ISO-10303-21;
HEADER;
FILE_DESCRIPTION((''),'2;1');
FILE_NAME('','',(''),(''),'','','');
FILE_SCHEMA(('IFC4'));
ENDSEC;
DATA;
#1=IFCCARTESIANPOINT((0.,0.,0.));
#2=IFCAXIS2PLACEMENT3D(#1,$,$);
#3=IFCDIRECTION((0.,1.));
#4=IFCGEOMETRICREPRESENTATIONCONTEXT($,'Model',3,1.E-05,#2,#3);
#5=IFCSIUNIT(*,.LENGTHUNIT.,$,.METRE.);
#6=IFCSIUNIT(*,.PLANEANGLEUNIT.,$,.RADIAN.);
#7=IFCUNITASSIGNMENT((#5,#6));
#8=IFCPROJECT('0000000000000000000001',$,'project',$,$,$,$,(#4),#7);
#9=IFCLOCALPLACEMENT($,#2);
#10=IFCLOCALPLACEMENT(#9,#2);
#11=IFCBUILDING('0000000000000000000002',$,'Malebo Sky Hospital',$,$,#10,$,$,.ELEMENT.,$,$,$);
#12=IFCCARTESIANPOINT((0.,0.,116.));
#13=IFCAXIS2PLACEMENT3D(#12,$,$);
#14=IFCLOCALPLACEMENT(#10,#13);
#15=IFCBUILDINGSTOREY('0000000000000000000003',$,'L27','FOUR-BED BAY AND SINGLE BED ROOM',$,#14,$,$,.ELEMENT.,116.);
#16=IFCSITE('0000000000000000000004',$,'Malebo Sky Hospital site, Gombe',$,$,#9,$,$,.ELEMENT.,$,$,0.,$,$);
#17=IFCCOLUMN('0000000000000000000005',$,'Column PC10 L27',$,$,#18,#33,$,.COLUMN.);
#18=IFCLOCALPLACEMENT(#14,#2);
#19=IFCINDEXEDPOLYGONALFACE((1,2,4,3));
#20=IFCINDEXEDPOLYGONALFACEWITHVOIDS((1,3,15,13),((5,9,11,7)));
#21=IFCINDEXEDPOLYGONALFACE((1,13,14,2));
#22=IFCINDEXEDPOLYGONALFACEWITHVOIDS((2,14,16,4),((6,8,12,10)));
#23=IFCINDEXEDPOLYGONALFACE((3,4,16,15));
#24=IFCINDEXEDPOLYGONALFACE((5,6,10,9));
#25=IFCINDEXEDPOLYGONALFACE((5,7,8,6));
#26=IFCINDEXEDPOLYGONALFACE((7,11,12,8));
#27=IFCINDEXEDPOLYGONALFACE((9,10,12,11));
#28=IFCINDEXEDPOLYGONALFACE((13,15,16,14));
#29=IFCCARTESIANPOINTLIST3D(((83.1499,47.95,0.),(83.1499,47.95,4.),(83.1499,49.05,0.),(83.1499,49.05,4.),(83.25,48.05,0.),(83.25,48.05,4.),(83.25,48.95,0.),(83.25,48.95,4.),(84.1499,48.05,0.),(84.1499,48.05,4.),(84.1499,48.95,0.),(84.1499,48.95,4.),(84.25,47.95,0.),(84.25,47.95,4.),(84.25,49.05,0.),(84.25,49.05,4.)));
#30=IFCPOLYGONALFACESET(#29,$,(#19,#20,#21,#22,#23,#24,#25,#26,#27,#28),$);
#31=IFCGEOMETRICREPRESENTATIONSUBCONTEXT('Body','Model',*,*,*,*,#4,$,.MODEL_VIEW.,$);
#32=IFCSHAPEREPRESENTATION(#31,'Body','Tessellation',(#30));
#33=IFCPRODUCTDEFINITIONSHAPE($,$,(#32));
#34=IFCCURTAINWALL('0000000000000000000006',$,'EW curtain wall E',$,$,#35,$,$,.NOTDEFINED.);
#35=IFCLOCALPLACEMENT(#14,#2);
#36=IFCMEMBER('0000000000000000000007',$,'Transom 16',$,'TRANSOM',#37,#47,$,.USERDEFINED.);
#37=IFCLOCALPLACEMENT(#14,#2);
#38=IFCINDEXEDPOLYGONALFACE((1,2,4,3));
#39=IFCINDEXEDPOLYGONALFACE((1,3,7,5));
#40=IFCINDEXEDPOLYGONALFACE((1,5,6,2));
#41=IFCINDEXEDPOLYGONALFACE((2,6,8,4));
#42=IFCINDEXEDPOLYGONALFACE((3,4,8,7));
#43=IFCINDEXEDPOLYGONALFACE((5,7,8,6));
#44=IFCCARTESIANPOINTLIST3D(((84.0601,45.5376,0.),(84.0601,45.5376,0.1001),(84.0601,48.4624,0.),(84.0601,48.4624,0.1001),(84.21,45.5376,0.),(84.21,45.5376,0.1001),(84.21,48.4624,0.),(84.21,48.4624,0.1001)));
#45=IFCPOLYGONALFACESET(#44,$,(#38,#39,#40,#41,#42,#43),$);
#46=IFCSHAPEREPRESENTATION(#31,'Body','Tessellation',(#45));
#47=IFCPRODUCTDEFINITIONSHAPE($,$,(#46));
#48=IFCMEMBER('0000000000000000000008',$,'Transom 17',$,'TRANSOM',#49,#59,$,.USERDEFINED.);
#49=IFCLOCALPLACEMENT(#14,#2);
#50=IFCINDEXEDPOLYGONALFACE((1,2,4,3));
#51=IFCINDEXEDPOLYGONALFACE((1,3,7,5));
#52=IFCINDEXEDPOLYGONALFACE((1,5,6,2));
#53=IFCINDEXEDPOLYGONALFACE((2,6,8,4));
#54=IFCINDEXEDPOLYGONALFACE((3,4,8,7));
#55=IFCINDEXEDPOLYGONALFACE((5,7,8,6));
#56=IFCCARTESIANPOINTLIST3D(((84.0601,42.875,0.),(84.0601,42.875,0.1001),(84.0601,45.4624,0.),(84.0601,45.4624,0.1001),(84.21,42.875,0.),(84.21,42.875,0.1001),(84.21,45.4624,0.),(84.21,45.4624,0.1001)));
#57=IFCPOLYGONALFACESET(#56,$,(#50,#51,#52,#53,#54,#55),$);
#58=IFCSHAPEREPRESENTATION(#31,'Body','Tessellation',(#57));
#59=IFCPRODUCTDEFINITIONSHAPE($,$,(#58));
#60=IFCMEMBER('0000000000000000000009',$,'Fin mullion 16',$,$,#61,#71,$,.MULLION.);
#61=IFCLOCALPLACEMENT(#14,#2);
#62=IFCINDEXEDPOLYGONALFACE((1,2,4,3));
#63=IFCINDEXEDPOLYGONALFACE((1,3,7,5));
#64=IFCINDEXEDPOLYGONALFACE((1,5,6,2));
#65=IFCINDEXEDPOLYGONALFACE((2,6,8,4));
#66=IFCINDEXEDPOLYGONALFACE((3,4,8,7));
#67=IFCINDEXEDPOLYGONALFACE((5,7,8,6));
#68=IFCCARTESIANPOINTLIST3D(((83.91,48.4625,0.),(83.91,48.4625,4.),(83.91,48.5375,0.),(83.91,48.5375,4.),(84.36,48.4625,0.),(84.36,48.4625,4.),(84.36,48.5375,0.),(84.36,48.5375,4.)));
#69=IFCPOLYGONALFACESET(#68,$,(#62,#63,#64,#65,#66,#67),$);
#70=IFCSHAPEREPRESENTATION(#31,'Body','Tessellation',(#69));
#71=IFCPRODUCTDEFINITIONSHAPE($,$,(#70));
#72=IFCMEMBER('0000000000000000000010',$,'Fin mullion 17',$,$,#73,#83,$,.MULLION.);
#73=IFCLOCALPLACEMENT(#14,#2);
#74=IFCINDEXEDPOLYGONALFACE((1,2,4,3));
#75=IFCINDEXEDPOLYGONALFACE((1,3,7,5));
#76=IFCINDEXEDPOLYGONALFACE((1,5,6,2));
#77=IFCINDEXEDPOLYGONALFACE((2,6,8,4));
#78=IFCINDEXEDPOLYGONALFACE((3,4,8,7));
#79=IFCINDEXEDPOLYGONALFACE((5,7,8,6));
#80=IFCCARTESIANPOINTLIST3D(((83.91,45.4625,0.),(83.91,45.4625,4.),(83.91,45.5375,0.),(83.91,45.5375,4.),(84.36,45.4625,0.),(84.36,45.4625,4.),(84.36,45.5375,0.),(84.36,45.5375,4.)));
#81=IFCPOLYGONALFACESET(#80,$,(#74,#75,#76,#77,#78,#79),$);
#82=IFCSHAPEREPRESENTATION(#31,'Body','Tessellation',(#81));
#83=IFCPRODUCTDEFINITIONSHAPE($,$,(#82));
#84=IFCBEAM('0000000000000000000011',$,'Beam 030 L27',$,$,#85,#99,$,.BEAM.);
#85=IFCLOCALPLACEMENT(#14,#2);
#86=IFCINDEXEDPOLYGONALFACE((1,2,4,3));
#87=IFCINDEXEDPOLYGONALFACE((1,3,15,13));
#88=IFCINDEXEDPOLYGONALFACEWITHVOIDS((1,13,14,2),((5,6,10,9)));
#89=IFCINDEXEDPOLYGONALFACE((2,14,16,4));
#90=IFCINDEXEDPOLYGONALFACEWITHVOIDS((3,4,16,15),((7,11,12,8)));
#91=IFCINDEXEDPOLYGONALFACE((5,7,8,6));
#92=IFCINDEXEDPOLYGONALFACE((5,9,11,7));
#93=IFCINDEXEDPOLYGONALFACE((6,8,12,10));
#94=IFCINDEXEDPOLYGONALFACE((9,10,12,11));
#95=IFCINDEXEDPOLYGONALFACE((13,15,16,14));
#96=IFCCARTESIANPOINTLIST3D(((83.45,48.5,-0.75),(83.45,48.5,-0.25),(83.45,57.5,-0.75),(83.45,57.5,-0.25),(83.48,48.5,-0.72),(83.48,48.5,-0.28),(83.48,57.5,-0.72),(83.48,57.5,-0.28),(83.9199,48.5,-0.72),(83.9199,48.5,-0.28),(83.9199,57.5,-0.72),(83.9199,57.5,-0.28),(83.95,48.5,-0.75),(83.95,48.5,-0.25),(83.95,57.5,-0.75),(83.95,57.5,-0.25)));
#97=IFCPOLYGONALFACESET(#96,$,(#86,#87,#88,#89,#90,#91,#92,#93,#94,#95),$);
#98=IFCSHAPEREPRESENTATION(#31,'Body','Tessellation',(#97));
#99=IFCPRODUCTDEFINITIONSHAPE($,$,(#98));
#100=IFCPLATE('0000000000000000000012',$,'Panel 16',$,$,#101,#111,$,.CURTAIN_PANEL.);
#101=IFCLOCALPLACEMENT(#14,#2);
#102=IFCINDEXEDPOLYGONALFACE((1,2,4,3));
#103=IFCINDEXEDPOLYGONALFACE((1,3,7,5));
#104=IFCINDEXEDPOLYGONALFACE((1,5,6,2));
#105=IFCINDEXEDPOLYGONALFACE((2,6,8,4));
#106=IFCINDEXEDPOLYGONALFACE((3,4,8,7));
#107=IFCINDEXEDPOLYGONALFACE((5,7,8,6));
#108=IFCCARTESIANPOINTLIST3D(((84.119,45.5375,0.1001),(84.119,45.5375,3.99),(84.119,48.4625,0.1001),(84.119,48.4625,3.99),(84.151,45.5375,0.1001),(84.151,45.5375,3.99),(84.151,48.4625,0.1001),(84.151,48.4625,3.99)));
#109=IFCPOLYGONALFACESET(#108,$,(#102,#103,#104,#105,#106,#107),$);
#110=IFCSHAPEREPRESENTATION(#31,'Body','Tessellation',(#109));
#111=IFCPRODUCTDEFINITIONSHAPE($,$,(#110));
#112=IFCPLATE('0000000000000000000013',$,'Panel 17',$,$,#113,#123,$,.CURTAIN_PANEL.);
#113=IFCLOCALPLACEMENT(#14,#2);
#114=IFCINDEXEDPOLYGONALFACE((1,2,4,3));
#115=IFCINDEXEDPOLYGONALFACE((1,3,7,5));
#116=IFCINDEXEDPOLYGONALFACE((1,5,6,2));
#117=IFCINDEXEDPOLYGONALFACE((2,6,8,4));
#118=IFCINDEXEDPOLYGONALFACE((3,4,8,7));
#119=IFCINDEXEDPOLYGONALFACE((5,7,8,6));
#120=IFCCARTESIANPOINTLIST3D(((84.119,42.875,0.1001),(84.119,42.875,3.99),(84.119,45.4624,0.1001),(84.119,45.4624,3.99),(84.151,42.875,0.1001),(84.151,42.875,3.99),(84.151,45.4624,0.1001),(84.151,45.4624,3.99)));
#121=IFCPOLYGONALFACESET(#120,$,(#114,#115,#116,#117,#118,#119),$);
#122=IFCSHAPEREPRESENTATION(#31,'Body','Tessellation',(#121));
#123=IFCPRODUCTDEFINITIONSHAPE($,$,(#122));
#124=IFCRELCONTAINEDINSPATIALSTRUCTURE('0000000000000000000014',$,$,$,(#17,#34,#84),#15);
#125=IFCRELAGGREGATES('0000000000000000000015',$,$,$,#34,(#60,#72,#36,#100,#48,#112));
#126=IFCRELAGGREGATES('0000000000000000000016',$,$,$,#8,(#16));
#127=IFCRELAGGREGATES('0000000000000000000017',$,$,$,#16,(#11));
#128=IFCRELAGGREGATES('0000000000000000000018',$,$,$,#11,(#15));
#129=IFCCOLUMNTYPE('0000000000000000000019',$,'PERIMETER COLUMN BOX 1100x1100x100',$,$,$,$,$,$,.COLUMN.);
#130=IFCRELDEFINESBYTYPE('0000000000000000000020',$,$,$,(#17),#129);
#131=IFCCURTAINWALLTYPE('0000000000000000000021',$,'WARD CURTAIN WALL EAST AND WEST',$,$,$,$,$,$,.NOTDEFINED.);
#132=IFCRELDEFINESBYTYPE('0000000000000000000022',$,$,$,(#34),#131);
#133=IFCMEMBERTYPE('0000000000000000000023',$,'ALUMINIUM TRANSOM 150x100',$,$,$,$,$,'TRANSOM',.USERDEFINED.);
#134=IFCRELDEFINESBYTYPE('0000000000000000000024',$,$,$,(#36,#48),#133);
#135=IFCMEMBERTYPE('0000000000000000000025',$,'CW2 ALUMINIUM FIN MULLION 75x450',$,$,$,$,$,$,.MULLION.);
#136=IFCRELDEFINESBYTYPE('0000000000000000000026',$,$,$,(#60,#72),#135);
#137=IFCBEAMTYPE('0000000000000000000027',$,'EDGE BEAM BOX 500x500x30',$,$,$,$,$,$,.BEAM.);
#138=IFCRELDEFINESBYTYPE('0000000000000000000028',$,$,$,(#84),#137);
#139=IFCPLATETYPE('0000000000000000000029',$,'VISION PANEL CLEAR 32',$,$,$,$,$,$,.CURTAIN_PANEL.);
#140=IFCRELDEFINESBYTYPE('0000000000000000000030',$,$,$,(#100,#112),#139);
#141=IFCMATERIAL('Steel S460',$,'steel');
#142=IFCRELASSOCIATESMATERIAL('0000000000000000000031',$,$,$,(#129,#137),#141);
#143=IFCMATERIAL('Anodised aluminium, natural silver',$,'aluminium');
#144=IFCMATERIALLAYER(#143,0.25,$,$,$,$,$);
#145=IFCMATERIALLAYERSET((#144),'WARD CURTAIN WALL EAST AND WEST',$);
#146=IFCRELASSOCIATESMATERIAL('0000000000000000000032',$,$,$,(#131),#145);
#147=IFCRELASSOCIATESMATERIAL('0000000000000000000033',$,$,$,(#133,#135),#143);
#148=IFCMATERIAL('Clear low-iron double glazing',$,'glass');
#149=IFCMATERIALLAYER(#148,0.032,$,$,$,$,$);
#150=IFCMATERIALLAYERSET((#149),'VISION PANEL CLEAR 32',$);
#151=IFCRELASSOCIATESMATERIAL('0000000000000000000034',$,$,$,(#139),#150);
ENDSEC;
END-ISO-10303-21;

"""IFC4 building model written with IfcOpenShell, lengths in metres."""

from ifc_helpers import new_model, si_unit, direction, frame, origin, origin_2d, place, context, subcontext, project, spatial, rectangle, hollow_rectangle, extrude, material, layer, layer_set, material_profile, profile_set, type_object, element, aggregate, save


model = new_model("IFC4")

# Units and contexts
model_context = context("Model", 3, precision=1e-05, world=origin(), true_north=direction((0.0, 1.0)))
body_context = subcontext(model_context, "Body", "Model", "MODEL_VIEW")
ifc_project = project(units=[si_unit("LENGTHUNIT", "METRE"), si_unit("PLANEANGLEUNIT", "RADIAN")], contexts=[model_context])

# Site, building, storey
site_placement = place(None, origin())
site = spatial("IfcSite", under=ifc_project, at=site_placement, Name="Malebo Sky Hospital site, Gombe", CompositionType="ELEMENT", RefElevation=0.0)
building_placement = place(site_placement, origin())
building = spatial("IfcBuilding", under=site, at=building_placement, Name="Malebo Sky Hospital", CompositionType="ELEMENT")
storey_placement = place(building_placement, frame((0.0, 0.0, 116.0)))
storey = spatial("IfcBuildingStorey", under=building, at=storey_placement, Name="L27", Description="FOUR-BED BAY AND SINGLE BED ROOM", CompositionType="ELEMENT", Elevation=116.0)

# Column
ifc_material_1 = material(Name="Steel S460", Category="steel")
ifc_material_profile_1 = material_profile(ifc_material_1, hollow_rectangle(XDim=1.1001, YDim=1.1001, WallThickness=0.1001, at=origin_2d()), Name="BOX 1100x1100x100")
ifc_profile_set_1 = profile_set([ifc_material_profile_1], Name="Steel S460")
column_type = type_object("IfcColumnType", Name="PERIMETER COLUMN BOX 1100x1100x100", PredefinedType="COLUMN", material=ifc_profile_set_1)
column_placement = place(storey_placement, frame((83.7, 48.5, 0.0), z_axis=(0.0, 0.0, 1.0), x_axis=(1.0, 0.0, 0.0)))
element("IfcColumn", 1, at=column_placement, inside=storey, type_object=column_type, Name="Column PC10 L27", PredefinedType="COLUMN", context=body_context, shape_type="SweptSolid", body=[
    extrude(hollow_rectangle(XDim=1.1001, YDim=1.1001, WallThickness=0.1001, at=origin_2d()), origin(), (0.0, 0.0, 1.0), 4.0),
])

# Curtain wall, members
ifc_material_2 = material(Name="Anodised aluminium, natural silver", Category="aluminium")
ifc_layer_1 = layer(ifc_material_2, 0.25)
ifc_layer_set_1 = layer_set([ifc_layer_1], Name="WARD CURTAIN WALL EAST AND WEST")
curtain_wall_type = type_object("IfcCurtainWallType", Name="WARD CURTAIN WALL EAST AND WEST", PredefinedType="NOTDEFINED", material=ifc_layer_set_1)
curtain_wall_placement = place(storey_placement, origin())
curtain_wall = element("IfcCurtainWall", 2, at=curtain_wall_placement, inside=storey, type_object=curtain_wall_type, Name="EW curtain wall E", PredefinedType="NOTDEFINED")
ifc_material_profile_2 = material_profile(ifc_material_2, rectangle(XDim=0.1499, YDim=0.1001, at=origin_2d()), Name="ALUMINIUM TRANSOM 150x100")
ifc_profile_set_2 = profile_set([ifc_material_profile_2], Name="Anodised aluminium, natural silver")
member_type_1 = type_object("IfcMemberType", Name="ALUMINIUM TRANSOM 150x100", ElementType="TRANSOM", PredefinedType="USERDEFINED", material=ifc_profile_set_2)
member_1_placement = place(storey_placement, frame((84.135, 48.4624, 0.05), z_axis=(0.0, -1.0, 0.0), x_axis=(1.0, 0.0, 0.0)))
member_1 = element("IfcMember", 3, at=member_1_placement, type_object=member_type_1, Name="Transom 16", ObjectType="TRANSOM", PredefinedType="USERDEFINED", context=body_context, shape_type="SweptSolid", body=[
    extrude(rectangle(XDim=0.1499, YDim=0.1001, at=origin_2d()), origin(), (0.0, 0.0, 1.0), 2.9248),
])
member_2_placement = place(storey_placement, frame((84.135, 45.4624, 0.05), z_axis=(0.0, -1.0, 0.0), x_axis=(1.0, 0.0, 0.0)))
member_2 = element("IfcMember", 4, at=member_2_placement, type_object=member_type_1, Name="Transom 17", ObjectType="TRANSOM", PredefinedType="USERDEFINED", context=body_context, shape_type="SweptSolid", body=[
    extrude(rectangle(XDim=0.1499, YDim=0.1001, at=origin_2d()), origin(), (0.0, 0.0, 1.0), 2.5874),
])
ifc_material_profile_3 = material_profile(ifc_material_2, rectangle(XDim=0.075, YDim=0.45, at=origin_2d()), Name="CW2 ALUMINIUM FIN MULLION 75x450")
ifc_profile_set_3 = profile_set([ifc_material_profile_3], Name="Anodised aluminium, natural silver")
member_type_2 = type_object("IfcMemberType", Name="CW2 ALUMINIUM FIN MULLION 75x450", PredefinedType="MULLION", material=ifc_profile_set_3)
member_3_placement = place(storey_placement, frame((84.135, 48.5, 0.0), z_axis=(0.0, 0.0, 1.0), x_axis=(0.0, -1.0, 0.0)))
member_3 = element("IfcMember", 5, at=member_3_placement, type_object=member_type_2, Name="Fin mullion 16", PredefinedType="MULLION", context=body_context, shape_type="SweptSolid", body=[
    extrude(rectangle(XDim=0.075, YDim=0.45, at=origin_2d()), origin(), (0.0, 0.0, 1.0), 4.0),
])
member_4_placement = place(storey_placement, frame((84.135, 45.5, 0.0), z_axis=(0.0, 0.0, 1.0), x_axis=(0.0, -1.0, 0.0)))
member_4 = element("IfcMember", 6, at=member_4_placement, type_object=member_type_2, Name="Fin mullion 17", PredefinedType="MULLION", context=body_context, shape_type="SweptSolid", body=[
    extrude(rectangle(XDim=0.075, YDim=0.45, at=origin_2d()), origin(), (0.0, 0.0, 1.0), 4.0),
])

# Beam
ifc_material_profile_4 = material_profile(ifc_material_1, hollow_rectangle(XDim=0.5, YDim=0.5, WallThickness=0.03, at=origin_2d()), Name="BOX 500x500x30")
ifc_profile_set_4 = profile_set([ifc_material_profile_4], Name="Steel S460")
beam_type = type_object("IfcBeamType", Name="EDGE BEAM BOX 500x500x30", PredefinedType="BEAM", material=ifc_profile_set_4)
beam_placement = place(storey_placement, frame((83.7, 48.5, -0.5), z_axis=(0.0, 1.0, 0.0), x_axis=(-1.0, 0.0, 0.0)))
element("IfcBeam", 7, at=beam_placement, inside=storey, type_object=beam_type, Name="Beam 030 L27", PredefinedType="BEAM", context=body_context, shape_type="SweptSolid", body=[
    extrude(hollow_rectangle(XDim=0.5, YDim=0.5, WallThickness=0.03, at=origin_2d()), origin(), (0.0, 0.0, 1.0), 9.0),
])

# Plates
ifc_material_3 = material(Name="Clear low-iron double glazing", Category="glass")
ifc_layer_2 = layer(ifc_material_3, 0.032)
ifc_layer_set_2 = layer_set([ifc_layer_2], Name="VISION PANEL CLEAR 32")
plate_type = type_object("IfcPlateType", Name="VISION PANEL CLEAR 32", PredefinedType="CURTAIN_PANEL", material=ifc_layer_set_2)
plate_1_placement = place(storey_placement, frame((84.135, 47.0, 0.1001), z_axis=(0.0, 0.0, 1.0), x_axis=(0.0, -1.0, 0.0)))
plate_1 = element("IfcPlate", 8, at=plate_1_placement, type_object=plate_type, Name="Panel 16", PredefinedType="CURTAIN_PANEL", context=body_context, shape_type="SweptSolid", body=[
    extrude(rectangle(XDim=2.925, YDim=0.032, at=origin_2d()), origin(), (0.0, 0.0, 1.0), 3.8899),
])
plate_2_placement = place(storey_placement, frame((84.135, 44.1687, 0.1001), z_axis=(0.0, 0.0, 1.0), x_axis=(0.0, -1.0, 0.0)))
plate_2 = element("IfcPlate", 9, at=plate_2_placement, type_object=plate_type, Name="Panel 17", PredefinedType="CURTAIN_PANEL", context=body_context, shape_type="SweptSolid", body=[
    extrude(rectangle(XDim=2.5874, YDim=0.032, at=origin_2d()), origin(), (0.0, 0.0, 1.0), 3.8899),
])
aggregate(curtain_wall, [member_3, member_4, member_1, plate_1, member_2, plate_2])

save(model, "model.ifc")
